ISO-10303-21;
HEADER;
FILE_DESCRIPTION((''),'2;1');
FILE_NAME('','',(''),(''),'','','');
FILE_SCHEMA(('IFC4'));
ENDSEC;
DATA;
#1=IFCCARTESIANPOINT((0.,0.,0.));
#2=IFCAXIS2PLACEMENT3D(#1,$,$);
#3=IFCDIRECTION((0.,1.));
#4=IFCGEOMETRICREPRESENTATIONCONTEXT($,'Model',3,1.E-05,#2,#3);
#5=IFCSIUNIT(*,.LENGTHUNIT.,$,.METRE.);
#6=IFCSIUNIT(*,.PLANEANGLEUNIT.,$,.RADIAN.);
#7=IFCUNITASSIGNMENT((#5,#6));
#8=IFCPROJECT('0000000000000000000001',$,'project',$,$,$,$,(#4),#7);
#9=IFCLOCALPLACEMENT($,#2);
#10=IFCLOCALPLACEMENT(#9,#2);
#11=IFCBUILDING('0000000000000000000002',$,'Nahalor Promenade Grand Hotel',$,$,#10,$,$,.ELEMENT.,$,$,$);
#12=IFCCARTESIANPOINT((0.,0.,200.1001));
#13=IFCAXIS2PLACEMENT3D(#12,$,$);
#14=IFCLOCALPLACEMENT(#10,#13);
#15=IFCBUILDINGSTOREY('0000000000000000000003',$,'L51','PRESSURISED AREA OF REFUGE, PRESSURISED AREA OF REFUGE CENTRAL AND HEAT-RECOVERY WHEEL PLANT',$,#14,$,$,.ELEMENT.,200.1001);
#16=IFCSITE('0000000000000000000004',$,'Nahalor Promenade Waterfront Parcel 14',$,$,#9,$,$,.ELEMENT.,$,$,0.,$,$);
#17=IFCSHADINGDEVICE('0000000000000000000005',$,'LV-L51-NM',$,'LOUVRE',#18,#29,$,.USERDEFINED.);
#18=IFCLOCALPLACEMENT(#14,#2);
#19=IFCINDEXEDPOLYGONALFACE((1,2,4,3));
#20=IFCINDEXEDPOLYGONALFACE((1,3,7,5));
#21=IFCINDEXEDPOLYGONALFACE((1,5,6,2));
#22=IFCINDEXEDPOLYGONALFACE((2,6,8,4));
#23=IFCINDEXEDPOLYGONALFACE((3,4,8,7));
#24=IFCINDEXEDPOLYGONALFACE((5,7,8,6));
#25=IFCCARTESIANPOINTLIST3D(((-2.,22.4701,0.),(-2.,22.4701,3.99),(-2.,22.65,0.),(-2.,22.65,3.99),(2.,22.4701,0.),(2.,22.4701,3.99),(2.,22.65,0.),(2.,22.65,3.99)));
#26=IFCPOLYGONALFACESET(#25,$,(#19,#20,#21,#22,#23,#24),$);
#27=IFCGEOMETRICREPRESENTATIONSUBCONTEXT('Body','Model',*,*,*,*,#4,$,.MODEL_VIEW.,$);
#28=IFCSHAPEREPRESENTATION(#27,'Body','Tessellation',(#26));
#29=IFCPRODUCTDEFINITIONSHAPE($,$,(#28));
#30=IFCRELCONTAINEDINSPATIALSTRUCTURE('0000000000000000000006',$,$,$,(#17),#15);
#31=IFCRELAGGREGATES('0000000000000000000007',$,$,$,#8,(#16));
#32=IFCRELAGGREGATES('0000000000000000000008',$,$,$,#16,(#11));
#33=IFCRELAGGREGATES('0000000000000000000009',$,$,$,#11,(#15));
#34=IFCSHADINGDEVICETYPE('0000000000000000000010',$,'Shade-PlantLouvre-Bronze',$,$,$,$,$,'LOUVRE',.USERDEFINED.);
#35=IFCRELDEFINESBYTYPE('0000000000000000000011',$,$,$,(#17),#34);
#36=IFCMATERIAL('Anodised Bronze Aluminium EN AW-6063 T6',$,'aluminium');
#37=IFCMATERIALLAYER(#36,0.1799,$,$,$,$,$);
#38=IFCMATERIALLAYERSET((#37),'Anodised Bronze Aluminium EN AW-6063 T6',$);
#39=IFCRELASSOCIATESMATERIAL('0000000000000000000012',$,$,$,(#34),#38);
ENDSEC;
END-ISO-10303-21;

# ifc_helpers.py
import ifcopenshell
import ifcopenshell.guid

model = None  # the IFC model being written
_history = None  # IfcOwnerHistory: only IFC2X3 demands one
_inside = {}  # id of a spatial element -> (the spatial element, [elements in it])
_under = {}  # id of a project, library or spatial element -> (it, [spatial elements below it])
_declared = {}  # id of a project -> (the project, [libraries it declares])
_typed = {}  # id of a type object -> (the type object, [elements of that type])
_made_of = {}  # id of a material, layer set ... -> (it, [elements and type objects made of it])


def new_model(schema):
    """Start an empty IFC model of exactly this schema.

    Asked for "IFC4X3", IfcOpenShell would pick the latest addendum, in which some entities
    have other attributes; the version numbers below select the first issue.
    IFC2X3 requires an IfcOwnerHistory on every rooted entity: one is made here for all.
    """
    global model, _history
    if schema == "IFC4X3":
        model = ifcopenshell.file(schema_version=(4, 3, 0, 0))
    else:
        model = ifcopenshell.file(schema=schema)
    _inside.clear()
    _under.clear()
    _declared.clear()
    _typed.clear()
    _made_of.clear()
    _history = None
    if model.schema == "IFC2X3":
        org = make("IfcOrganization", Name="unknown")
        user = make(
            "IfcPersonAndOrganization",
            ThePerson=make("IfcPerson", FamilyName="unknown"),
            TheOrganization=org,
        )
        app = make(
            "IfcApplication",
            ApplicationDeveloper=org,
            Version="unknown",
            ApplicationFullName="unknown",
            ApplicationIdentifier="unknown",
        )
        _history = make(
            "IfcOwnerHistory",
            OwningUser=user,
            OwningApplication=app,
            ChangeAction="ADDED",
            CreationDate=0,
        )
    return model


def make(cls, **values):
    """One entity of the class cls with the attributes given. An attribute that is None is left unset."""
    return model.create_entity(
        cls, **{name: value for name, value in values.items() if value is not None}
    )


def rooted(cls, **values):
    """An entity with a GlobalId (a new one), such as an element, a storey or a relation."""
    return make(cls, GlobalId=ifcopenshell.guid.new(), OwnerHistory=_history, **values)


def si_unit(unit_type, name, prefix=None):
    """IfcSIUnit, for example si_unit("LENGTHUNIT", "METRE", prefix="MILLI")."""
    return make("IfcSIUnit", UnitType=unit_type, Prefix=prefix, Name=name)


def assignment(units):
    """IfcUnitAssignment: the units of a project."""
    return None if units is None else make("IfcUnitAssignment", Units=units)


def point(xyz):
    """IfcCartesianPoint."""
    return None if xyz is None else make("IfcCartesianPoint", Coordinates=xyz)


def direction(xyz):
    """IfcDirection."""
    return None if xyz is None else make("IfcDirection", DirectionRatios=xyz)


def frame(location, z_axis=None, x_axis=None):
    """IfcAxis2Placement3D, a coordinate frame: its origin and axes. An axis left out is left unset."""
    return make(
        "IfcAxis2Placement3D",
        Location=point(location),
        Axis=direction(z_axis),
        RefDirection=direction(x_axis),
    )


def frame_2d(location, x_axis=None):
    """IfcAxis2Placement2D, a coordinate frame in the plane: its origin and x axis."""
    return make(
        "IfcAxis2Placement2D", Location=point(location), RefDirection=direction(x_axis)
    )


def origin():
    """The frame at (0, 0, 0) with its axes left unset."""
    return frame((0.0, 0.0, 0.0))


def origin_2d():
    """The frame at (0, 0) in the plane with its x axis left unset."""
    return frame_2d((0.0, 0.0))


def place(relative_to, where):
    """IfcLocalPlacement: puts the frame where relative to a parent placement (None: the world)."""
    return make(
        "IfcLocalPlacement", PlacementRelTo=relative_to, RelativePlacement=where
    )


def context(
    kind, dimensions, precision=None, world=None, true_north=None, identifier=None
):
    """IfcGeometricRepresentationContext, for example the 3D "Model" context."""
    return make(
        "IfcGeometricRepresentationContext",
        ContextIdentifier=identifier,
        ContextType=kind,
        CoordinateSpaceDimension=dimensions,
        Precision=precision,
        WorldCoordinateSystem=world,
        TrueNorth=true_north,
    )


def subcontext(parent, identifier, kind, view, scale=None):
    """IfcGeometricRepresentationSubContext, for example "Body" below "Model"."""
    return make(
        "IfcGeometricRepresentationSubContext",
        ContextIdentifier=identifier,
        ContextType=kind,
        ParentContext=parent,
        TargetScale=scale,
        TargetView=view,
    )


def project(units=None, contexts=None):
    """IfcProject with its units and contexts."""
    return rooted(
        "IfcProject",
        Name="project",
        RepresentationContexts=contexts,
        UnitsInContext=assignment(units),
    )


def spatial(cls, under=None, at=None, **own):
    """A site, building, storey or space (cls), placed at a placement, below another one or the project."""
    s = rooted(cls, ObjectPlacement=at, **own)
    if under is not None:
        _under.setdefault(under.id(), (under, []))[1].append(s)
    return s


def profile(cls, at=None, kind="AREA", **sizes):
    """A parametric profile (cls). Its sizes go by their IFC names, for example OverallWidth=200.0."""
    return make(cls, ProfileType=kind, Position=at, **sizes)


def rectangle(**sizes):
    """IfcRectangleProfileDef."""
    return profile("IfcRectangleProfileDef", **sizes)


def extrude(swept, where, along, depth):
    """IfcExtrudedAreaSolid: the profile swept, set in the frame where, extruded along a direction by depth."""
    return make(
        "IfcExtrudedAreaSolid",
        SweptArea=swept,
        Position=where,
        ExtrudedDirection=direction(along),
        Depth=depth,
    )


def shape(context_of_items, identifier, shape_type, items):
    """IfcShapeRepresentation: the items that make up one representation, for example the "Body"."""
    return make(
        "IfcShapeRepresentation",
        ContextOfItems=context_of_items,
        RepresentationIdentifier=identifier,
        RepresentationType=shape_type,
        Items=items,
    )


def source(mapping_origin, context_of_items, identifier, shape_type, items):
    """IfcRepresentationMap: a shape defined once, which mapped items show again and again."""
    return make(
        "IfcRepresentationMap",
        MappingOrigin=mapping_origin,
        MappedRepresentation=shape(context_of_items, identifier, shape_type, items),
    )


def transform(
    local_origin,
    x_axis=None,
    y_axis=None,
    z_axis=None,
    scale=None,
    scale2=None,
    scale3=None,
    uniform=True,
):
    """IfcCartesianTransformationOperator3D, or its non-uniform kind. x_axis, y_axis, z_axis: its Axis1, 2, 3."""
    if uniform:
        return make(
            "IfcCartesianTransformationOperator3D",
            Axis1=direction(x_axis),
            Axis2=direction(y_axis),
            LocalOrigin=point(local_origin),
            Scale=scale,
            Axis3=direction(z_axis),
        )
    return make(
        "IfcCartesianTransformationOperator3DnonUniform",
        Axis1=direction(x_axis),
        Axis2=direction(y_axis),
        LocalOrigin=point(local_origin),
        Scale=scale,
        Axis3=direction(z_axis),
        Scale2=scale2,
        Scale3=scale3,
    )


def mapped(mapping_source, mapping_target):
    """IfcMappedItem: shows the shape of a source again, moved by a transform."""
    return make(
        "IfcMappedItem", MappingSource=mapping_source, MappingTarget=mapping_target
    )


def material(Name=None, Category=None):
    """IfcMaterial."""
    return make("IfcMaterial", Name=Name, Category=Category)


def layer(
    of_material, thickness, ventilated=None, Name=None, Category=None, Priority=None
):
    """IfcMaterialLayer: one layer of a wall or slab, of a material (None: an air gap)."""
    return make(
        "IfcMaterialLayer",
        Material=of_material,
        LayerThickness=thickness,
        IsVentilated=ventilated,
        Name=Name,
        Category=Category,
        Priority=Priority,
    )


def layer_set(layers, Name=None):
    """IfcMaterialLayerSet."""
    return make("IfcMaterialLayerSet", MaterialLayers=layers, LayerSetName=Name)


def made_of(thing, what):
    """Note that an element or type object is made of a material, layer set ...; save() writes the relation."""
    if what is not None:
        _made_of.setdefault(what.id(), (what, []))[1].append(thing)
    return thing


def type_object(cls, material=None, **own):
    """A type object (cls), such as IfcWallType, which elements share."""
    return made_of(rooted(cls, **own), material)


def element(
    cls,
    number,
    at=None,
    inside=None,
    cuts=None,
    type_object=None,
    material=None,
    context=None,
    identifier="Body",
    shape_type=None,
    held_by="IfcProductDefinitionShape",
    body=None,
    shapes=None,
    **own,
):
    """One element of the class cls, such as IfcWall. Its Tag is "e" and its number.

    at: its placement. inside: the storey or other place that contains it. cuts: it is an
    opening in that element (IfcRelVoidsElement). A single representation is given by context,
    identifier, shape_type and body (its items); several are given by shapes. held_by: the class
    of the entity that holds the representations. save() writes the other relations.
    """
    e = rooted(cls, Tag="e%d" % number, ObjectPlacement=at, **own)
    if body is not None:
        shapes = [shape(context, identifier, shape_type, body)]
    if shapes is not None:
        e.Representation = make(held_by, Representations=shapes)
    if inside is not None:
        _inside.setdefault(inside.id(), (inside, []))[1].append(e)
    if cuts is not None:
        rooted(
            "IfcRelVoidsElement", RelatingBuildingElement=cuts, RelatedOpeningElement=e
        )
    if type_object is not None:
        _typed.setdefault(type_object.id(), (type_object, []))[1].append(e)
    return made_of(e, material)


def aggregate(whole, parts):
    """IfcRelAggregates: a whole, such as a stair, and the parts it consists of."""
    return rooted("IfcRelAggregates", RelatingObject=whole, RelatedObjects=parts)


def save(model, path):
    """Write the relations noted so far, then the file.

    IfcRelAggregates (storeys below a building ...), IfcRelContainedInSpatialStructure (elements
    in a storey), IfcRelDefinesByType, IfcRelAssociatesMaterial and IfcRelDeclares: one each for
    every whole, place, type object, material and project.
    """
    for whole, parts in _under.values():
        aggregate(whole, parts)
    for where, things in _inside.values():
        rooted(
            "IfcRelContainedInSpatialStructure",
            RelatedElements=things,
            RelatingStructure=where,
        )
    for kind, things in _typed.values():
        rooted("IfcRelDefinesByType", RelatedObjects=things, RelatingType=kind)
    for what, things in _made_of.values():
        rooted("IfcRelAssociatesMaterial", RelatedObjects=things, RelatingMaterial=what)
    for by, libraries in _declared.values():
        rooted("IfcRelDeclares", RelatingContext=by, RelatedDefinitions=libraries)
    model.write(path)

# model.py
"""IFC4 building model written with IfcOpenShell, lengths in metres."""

from ifc_helpers import new_model, si_unit, direction, frame, origin, origin_2d, place, context, subcontext, project, spatial, rectangle, extrude, source, transform, mapped, material, layer, layer_set, type_object, element, save


model = new_model("IFC4")

# Units and contexts
model_context = context("Model", 3, precision=1e-05, world=origin(), true_north=direction((0.0, 1.0)))
body_context = subcontext(model_context, "Body", "Model", "MODEL_VIEW")
ifc_project = project(units=[si_unit("LENGTHUNIT", "METRE"), si_unit("PLANEANGLEUNIT", "RADIAN")], contexts=[model_context])

# Site, building, storey
site_placement = place(None, origin())
site = spatial("IfcSite", under=ifc_project, at=site_placement, Name="Nahalor Promenade Waterfront Parcel 14", CompositionType="ELEMENT", RefElevation=0.0)
building_placement = place(site_placement, origin())
building = spatial("IfcBuilding", under=site, at=building_placement, Name="Nahalor Promenade Grand Hotel", CompositionType="ELEMENT")
storey_placement = place(building_placement, frame((0.0, 0.0, 200.1001)))
storey = spatial("IfcBuildingStorey", under=building, at=storey_placement, Name="L51", Description="PRESSURISED AREA OF REFUGE, PRESSURISED AREA OF REFUGE CENTRAL AND HEAT-RECOVERY WHEEL PLANT", CompositionType="ELEMENT", Elevation=200.1001)

# Shading device
ifc_material_1 = material(Name="Anodised Bronze Aluminium EN AW-6063 T6", Category="aluminium")
ifc_layer_1 = layer(ifc_material_1, 0.1799)
ifc_layer_set_1 = layer_set([ifc_layer_1], Name="Anodised Bronze Aluminium EN AW-6063 T6")
shading_device_type = type_object("IfcShadingDeviceType", Name="Shade-PlantLouvre-Bronze", ElementType="LOUVRE", PredefinedType="USERDEFINED", material=ifc_layer_set_1)
shared_shape_1 = source(origin(), body_context, "Body", "SweptSolid", [
    extrude(rectangle(XDim=4.0, YDim=0.1799, at=origin_2d()), origin(), (0.0, 0.0, 1.0), 3.99),
])
shading_device_placement = place(storey_placement, frame((0.0, 22.5601, 0.0), z_axis=(0.0, 0.0, 1.0), x_axis=(1.0, 0.0, 0.0)))
element("IfcShadingDevice", 1, at=shading_device_placement, inside=storey, type_object=shading_device_type, Name="LV-L51-NM", ObjectType="LOUVRE", PredefinedType="USERDEFINED", context=body_context, shape_type="MappedRepresentation", body=[
    mapped(shared_shape_1, transform((0.0, 0.0, 0.0), scale=1.0)),
])

save(model, "model.ifc")
